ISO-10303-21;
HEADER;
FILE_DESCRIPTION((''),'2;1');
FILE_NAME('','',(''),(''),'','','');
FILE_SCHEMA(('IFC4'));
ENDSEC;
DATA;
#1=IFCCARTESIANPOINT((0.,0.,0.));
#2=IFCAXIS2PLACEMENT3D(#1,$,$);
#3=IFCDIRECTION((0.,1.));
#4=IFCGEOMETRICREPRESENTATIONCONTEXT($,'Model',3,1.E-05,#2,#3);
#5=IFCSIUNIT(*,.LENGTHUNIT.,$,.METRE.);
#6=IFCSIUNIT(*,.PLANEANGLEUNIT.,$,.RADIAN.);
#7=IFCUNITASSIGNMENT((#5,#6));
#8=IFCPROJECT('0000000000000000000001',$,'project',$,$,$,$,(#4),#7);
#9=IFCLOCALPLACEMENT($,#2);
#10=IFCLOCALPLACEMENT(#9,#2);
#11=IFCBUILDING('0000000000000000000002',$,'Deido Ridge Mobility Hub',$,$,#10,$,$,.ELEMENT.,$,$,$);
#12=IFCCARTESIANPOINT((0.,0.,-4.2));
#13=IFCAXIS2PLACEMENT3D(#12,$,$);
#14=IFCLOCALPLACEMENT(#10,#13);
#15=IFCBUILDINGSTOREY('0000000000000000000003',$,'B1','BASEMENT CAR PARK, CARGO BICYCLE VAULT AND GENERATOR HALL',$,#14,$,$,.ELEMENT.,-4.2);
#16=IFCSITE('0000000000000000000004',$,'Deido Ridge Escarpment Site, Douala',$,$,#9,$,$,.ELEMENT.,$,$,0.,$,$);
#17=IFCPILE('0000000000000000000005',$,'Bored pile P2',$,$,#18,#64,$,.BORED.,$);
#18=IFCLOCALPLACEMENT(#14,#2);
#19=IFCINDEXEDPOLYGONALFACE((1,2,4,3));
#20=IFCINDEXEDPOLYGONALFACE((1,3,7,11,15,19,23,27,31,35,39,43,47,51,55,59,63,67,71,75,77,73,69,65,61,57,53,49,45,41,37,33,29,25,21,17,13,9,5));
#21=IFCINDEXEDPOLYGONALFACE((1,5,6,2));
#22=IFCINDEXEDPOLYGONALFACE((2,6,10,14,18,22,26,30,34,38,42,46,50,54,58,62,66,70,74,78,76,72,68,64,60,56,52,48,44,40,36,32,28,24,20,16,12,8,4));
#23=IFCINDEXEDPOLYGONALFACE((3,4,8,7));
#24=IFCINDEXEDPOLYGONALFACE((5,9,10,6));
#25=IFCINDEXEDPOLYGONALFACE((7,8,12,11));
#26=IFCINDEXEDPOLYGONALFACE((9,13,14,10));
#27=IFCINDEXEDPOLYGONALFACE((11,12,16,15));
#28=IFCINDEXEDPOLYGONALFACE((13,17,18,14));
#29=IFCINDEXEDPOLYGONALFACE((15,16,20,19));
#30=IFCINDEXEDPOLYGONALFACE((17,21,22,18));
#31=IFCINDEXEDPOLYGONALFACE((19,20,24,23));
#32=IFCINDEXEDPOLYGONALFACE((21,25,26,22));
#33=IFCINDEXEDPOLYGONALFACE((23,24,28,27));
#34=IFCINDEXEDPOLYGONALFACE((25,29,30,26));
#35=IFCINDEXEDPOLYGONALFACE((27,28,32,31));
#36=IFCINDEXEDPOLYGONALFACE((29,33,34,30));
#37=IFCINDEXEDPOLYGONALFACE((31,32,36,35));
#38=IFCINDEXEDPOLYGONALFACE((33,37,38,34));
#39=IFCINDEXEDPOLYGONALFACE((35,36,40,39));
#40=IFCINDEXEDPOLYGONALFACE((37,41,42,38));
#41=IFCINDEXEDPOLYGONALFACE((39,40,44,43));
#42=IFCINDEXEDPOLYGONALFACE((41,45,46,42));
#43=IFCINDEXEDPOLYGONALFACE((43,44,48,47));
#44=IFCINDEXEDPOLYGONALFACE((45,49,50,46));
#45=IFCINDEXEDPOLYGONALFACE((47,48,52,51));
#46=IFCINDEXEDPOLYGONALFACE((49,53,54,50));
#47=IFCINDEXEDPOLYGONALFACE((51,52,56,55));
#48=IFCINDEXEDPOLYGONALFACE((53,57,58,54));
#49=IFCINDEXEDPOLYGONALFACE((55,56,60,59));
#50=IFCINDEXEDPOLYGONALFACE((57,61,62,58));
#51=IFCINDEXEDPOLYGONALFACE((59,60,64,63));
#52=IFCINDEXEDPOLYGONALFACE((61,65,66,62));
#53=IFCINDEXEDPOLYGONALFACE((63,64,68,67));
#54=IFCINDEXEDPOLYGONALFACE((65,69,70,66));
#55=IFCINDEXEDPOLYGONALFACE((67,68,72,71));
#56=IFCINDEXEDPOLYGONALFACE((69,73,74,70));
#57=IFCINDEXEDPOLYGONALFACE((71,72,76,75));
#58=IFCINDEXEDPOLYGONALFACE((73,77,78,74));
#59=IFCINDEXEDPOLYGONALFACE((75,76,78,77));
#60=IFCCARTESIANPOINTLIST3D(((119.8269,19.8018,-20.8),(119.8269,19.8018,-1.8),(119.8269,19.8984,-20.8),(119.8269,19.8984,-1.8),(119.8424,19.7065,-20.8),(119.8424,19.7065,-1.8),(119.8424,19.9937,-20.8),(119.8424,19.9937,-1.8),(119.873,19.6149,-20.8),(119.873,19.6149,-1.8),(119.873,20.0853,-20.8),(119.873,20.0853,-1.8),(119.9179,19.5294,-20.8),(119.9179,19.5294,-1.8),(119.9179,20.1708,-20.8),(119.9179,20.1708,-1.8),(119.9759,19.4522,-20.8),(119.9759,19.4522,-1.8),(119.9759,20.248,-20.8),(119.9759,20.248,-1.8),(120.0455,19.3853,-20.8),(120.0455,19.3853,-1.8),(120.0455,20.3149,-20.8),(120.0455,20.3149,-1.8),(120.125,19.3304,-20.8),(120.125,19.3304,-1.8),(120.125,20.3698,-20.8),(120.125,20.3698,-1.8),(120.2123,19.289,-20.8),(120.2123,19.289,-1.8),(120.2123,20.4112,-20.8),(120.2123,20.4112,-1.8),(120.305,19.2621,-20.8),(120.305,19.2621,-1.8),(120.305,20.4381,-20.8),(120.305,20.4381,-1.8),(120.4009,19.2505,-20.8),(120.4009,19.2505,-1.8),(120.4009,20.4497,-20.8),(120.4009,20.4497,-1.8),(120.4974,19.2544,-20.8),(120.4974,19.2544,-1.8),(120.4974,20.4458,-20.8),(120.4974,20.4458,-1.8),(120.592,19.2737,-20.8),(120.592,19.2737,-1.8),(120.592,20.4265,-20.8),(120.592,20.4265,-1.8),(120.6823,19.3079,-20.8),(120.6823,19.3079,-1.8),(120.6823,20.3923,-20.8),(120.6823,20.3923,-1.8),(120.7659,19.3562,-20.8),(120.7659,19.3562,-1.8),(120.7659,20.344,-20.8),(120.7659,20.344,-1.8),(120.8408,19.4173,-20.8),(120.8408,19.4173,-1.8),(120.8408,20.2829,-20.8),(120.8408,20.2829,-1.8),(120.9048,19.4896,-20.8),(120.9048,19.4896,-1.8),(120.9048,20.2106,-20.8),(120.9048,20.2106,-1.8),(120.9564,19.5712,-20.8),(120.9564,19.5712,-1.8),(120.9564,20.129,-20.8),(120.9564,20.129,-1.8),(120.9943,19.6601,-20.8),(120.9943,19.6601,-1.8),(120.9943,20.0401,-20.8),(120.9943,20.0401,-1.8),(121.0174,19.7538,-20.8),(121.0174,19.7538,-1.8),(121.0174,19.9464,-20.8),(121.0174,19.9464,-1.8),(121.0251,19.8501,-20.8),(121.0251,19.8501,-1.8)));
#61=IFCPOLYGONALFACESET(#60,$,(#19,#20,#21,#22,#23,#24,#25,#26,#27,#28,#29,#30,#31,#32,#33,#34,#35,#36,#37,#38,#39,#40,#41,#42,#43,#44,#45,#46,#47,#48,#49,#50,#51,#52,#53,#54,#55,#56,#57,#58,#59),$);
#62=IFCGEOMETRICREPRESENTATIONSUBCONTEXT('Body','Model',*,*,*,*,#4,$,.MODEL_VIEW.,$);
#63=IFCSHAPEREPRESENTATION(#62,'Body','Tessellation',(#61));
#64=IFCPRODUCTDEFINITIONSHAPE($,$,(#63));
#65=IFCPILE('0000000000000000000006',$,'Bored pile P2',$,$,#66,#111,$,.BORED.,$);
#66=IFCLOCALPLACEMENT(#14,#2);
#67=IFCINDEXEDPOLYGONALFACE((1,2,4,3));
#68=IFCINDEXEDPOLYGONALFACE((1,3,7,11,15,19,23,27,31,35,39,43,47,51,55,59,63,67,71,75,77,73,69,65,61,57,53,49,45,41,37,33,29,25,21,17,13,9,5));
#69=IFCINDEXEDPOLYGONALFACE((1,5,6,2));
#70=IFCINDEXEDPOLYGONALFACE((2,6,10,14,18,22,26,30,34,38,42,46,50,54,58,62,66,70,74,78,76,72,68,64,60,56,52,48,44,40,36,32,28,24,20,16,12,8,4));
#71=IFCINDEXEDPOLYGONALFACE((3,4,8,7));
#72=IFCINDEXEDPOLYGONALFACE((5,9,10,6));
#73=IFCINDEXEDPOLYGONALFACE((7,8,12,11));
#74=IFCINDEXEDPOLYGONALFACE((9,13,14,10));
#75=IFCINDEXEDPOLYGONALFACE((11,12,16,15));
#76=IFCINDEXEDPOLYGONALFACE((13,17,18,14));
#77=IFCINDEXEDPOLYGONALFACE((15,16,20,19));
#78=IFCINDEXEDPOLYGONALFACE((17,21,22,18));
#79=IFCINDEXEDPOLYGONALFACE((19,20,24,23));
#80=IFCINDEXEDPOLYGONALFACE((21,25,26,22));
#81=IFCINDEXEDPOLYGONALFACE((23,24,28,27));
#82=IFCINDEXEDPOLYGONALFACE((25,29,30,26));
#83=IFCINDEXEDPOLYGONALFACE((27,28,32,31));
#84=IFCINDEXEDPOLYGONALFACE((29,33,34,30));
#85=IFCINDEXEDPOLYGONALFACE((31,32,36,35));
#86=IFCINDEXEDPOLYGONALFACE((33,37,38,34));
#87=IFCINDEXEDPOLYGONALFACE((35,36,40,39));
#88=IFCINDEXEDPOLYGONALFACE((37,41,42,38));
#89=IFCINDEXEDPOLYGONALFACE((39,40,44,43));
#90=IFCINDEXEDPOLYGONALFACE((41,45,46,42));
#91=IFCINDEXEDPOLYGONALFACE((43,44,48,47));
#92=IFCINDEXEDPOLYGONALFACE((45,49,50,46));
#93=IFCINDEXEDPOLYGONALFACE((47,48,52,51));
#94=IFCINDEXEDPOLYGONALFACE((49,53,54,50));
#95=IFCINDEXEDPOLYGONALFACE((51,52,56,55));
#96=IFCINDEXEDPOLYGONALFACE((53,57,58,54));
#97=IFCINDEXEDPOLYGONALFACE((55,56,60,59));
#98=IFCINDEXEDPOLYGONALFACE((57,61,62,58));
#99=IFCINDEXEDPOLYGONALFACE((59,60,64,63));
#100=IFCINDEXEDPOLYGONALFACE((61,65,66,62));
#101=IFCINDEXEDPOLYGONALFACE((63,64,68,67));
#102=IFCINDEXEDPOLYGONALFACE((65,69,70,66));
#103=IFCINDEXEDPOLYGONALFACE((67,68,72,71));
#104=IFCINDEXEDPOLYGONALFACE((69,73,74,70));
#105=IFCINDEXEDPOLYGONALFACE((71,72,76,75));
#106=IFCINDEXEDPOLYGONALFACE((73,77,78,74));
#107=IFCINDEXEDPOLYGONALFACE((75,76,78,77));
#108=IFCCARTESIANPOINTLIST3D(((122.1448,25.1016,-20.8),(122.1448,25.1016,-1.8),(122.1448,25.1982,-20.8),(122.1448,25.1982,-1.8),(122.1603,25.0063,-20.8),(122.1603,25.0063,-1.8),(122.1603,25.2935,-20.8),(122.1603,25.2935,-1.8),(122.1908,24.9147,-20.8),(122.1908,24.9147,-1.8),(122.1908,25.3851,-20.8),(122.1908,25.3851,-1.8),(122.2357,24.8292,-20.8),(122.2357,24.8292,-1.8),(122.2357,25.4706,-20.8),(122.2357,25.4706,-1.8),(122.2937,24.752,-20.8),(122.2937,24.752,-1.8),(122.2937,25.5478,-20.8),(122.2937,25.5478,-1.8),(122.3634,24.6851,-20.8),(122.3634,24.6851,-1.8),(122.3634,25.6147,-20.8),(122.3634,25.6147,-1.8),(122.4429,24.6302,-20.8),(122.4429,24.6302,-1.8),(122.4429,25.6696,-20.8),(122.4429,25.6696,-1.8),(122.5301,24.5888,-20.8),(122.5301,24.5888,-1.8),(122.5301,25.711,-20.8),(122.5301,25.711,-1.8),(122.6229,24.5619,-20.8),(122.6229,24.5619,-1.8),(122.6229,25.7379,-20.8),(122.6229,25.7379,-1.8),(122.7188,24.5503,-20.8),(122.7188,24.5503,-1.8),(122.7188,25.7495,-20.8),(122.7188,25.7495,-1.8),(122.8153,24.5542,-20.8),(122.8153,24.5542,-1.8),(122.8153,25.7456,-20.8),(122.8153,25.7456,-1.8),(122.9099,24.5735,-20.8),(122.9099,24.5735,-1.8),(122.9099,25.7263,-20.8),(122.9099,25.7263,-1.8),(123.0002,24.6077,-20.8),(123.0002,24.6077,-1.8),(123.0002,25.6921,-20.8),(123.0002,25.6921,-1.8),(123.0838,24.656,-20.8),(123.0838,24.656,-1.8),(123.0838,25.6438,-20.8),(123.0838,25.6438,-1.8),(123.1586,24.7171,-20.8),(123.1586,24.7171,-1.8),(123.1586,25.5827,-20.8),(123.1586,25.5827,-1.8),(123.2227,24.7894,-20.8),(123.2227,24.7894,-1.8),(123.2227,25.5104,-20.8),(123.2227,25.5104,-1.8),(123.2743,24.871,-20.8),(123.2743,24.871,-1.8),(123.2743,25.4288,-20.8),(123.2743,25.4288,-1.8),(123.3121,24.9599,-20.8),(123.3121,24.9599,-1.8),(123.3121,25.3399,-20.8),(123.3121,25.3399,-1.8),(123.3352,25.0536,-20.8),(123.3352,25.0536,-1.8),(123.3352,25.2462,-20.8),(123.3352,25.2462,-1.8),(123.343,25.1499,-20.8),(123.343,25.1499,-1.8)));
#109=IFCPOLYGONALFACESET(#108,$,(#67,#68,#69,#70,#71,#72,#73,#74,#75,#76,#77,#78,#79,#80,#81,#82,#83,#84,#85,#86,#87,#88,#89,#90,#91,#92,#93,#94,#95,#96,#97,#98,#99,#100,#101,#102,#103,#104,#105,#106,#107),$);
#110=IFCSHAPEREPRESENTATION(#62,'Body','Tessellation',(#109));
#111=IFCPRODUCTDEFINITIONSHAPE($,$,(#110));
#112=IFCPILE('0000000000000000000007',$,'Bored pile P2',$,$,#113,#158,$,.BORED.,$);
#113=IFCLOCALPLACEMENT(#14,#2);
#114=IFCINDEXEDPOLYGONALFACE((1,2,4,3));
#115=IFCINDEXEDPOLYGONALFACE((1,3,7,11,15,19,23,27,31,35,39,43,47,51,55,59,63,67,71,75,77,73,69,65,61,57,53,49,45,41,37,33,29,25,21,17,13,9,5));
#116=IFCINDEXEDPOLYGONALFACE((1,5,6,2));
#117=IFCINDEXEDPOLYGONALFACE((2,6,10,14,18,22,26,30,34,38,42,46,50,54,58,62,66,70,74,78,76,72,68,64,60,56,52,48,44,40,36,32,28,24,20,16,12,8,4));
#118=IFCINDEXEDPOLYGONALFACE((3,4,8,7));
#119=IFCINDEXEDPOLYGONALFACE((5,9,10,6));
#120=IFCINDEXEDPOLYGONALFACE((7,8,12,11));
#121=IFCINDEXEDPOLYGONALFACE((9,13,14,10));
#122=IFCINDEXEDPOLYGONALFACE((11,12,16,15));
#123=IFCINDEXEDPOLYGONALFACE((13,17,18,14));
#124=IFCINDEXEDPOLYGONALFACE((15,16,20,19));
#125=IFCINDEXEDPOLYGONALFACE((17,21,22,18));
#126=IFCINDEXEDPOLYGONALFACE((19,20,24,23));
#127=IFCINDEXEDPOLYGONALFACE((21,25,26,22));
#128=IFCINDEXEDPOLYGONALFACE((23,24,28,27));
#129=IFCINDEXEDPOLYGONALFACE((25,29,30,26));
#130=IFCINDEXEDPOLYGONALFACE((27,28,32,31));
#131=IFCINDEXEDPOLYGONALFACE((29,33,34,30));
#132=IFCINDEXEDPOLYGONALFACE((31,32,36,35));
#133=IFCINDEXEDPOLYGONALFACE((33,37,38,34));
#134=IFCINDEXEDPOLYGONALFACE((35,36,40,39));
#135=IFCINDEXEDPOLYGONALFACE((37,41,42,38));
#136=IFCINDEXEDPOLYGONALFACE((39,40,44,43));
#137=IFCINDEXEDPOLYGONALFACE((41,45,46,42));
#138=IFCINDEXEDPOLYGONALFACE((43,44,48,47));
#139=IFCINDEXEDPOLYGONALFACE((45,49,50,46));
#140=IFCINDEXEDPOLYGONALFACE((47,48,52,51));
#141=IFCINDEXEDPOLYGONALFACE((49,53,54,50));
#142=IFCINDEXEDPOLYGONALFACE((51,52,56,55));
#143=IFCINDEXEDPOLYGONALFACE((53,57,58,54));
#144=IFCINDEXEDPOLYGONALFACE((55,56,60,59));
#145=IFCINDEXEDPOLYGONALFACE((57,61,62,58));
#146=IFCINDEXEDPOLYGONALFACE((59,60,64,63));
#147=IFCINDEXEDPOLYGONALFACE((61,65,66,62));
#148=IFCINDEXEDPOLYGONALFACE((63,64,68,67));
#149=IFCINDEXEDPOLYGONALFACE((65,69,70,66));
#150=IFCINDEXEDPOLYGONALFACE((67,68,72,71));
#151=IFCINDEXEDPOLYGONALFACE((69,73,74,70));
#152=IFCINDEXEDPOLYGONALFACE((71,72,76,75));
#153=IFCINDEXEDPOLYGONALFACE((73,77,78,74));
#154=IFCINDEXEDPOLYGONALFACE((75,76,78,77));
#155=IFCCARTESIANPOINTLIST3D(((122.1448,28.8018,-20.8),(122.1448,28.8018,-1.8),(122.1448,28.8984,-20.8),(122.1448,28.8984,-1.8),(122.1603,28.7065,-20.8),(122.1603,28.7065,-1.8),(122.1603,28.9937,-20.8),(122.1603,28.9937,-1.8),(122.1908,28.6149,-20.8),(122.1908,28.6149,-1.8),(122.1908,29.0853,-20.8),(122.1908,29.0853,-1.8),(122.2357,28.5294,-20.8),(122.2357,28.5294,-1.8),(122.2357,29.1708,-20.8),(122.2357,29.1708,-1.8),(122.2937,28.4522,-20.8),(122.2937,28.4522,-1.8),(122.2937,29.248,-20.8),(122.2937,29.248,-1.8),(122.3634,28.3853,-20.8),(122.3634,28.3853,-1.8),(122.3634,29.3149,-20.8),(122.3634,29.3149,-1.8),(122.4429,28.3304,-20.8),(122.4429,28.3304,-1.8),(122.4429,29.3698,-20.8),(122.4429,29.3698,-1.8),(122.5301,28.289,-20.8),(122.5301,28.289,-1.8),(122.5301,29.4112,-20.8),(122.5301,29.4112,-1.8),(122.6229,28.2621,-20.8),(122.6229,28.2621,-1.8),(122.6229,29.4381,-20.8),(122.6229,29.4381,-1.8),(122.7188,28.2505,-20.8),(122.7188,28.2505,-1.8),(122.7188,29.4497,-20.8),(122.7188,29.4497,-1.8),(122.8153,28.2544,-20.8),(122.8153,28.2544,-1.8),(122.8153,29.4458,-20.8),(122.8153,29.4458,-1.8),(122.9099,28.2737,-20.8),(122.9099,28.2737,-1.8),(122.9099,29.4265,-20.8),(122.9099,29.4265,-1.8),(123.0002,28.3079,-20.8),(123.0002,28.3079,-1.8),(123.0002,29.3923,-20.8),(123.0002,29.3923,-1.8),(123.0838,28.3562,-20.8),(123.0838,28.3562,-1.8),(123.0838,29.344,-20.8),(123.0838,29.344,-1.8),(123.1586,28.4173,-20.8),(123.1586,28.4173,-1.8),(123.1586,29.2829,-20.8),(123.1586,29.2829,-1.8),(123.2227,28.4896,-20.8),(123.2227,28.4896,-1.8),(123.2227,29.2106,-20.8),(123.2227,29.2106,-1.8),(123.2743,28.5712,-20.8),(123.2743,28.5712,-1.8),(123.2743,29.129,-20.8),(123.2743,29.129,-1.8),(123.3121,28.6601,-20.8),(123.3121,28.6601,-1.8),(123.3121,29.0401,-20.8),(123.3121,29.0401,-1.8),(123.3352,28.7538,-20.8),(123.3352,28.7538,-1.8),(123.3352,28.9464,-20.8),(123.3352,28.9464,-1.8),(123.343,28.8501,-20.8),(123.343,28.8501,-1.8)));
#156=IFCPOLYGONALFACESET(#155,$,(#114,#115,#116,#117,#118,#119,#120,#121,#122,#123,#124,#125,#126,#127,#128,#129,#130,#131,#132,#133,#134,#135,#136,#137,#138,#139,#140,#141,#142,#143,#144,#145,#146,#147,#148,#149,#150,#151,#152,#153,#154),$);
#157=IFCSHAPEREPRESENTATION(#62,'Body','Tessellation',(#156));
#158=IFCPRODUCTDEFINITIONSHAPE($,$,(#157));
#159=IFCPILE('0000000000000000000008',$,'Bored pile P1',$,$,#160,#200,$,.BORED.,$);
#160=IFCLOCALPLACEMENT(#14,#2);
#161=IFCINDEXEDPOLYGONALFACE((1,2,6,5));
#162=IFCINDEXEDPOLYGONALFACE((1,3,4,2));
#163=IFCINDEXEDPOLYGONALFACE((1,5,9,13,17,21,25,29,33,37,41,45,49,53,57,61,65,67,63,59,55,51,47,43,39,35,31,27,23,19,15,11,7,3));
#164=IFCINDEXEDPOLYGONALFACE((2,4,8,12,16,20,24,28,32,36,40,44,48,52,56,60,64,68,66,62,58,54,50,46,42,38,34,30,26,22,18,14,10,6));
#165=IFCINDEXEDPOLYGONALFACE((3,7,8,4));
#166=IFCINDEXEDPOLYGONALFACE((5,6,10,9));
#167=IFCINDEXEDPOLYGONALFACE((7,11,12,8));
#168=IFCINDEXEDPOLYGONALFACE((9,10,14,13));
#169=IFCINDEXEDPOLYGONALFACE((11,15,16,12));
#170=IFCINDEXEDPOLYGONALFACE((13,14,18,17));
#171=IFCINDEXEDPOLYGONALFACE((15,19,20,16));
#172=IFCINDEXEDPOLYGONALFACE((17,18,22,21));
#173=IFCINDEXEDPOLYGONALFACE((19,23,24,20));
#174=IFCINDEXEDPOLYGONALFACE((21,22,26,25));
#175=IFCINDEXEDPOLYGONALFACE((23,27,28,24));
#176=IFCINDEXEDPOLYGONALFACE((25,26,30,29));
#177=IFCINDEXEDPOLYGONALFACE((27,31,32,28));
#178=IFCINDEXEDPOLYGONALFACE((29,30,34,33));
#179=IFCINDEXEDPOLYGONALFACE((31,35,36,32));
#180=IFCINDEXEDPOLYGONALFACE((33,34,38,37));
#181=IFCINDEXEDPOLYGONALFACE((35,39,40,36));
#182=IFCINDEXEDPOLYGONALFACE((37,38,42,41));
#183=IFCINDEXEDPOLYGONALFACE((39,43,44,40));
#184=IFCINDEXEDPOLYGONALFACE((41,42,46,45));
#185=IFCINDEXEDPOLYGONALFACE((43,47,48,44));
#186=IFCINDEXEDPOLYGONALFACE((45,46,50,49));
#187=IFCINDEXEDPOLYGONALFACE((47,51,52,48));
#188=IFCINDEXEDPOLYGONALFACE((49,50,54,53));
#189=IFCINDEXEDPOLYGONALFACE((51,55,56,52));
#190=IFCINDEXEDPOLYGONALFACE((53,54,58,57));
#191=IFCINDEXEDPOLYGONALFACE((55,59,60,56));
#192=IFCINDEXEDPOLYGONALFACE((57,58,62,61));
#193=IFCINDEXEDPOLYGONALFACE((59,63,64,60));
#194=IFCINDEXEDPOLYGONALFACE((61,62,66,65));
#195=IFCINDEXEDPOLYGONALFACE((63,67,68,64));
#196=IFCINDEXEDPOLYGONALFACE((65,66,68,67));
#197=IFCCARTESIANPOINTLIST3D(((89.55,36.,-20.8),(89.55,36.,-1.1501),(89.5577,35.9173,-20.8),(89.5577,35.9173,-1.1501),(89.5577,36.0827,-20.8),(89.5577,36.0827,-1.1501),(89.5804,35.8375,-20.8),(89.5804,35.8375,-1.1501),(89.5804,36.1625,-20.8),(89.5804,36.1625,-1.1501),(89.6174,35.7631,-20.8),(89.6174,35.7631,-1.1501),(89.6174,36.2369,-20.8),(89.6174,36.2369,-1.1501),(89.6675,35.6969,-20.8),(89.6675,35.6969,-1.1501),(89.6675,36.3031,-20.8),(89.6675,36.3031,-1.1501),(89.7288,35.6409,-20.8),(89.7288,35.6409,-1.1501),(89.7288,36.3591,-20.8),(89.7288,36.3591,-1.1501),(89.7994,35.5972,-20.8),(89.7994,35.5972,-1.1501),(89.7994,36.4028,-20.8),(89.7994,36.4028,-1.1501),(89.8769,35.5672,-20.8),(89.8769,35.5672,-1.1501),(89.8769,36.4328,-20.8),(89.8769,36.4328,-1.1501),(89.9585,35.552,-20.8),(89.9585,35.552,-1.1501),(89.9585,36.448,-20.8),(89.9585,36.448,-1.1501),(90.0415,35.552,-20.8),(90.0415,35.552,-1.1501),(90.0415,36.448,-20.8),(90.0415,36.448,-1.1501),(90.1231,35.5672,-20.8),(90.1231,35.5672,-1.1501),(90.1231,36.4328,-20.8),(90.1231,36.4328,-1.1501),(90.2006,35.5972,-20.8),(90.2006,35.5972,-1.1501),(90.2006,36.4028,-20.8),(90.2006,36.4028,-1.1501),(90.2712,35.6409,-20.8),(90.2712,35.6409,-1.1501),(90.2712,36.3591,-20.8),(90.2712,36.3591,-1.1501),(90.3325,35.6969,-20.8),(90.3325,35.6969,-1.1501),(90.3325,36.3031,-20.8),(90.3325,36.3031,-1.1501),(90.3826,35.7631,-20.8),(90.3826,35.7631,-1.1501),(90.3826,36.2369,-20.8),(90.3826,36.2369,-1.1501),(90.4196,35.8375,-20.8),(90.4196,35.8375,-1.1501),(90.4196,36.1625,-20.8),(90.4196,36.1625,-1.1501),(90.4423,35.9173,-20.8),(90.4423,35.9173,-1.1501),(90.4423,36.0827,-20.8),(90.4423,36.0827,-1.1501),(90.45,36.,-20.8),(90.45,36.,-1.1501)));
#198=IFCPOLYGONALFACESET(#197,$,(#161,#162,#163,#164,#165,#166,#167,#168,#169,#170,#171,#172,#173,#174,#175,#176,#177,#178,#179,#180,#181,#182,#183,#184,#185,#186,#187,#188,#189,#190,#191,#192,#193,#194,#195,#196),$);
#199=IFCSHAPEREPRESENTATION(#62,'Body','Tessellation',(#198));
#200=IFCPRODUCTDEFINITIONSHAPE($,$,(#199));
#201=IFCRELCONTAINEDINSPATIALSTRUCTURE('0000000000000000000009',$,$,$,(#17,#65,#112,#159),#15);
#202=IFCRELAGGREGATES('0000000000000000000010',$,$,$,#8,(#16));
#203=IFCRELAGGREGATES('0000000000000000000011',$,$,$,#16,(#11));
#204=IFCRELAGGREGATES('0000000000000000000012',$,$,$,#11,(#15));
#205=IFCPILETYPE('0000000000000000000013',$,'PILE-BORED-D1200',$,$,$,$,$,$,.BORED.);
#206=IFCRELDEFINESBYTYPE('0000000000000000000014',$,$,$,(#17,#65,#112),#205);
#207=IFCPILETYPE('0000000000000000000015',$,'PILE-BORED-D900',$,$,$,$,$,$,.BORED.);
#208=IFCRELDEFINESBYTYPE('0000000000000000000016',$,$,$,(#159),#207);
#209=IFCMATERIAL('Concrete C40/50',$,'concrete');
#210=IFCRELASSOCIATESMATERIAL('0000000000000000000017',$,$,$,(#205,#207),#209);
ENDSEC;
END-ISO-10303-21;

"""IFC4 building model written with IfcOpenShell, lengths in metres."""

from ifc_helpers import new_model, si_unit, direction, frame, origin, origin_2d, place, context, subcontext, project, spatial, circle, extrude, material, material_profile, profile_set, type_object, element, save


model = new_model("IFC4")

# Units and contexts
model_context = context("Model", 3, precision=1e-05, world=origin(), true_north=direction((0.0, 1.0)))
body_context = subcontext(model_context, "Body", "Model", "MODEL_VIEW")
ifc_project = project(units=[si_unit("LENGTHUNIT", "METRE"), si_unit("PLANEANGLEUNIT", "RADIAN")], contexts=[model_context])

# Site, building, storey
site_placement = place(None, origin())
site = spatial("IfcSite", under=ifc_project, at=site_placement, Name="Deido Ridge Escarpment Site, Douala", CompositionType="ELEMENT", RefElevation=0.0)
building_placement = place(site_placement, origin())
building = spatial("IfcBuilding", under=site, at=building_placement, Name="Deido Ridge Mobility Hub", CompositionType="ELEMENT")
storey_placement = place(building_placement, frame((0.0, 0.0, -4.2)))
storey = spatial("IfcBuildingStorey", under=building, at=storey_placement, Name="B1", Description="BASEMENT CAR PARK, CARGO BICYCLE VAULT AND GENERATOR HALL", CompositionType="ELEMENT", Elevation=-4.2)

# Shared definitions
ifc_material_1 = material(Name="Concrete C40/50", Category="concrete")

# Piles
ifc_material_profile_1 = material_profile(ifc_material_1, circle(Radius=0.6001, at=origin_2d()), Name="BORED PILE D1200")
ifc_profile_set_1 = profile_set([ifc_material_profile_1], Name="Concrete C40/50")
pile_type_1 = type_object("IfcPileType", Name="PILE-BORED-D1200", PredefinedType="BORED", material=ifc_profile_set_1)
for number, where, z_axis, x_axis, name in (
    (1, (120.425, 19.8501, -1.8), (0.0, 0.0, -1.0), (1.0, 0.0, 0.0), "Bored pile P2"),
    (2, (122.7429, 25.1499, -1.8), (0.0, 0.0, -1.0), (1.0, 0.0, 0.0), "Bored pile P2"),
    (3, (122.7429, 28.8501, -1.8), (0.0, 0.0, -1.0), (1.0, 0.0, 0.0), "Bored pile P2"),
):
    element("IfcPile", number, at=place(storey_placement, frame(where, z_axis=z_axis, x_axis=x_axis)), inside=storey, type_object=pile_type_1, Name=name, PredefinedType="BORED", context=body_context, shape_type="SweptSolid", body=[
        extrude(circle(Radius=0.6001, at=origin_2d()), origin(), (0.0, 0.0, 1.0), 19.0),
    ])
ifc_material_profile_2 = material_profile(ifc_material_1, circle(Radius=0.45, at=origin_2d()), Name="BORED PILE D900")
ifc_profile_set_2 = profile_set([ifc_material_profile_2], Name="Concrete C40/50")
pile_type_2 = type_object("IfcPileType", Name="PILE-BORED-D900", PredefinedType="BORED", material=ifc_profile_set_2)
pile_1_placement = place(storey_placement, frame((90.0, 36.0, -1.1501), z_axis=(0.0, 0.0, -1.0), x_axis=(1.0, 0.0, 0.0)))
element("IfcPile", 4, at=pile_1_placement, inside=storey, type_object=pile_type_2, Name="Bored pile P1", PredefinedType="BORED", context=body_context, shape_type="SweptSolid", body=[
    extrude(circle(Radius=0.45, at=origin_2d()), origin(), (0.0, 0.0, 1.0), 19.6499),
])

save(model, "model.ifc")
